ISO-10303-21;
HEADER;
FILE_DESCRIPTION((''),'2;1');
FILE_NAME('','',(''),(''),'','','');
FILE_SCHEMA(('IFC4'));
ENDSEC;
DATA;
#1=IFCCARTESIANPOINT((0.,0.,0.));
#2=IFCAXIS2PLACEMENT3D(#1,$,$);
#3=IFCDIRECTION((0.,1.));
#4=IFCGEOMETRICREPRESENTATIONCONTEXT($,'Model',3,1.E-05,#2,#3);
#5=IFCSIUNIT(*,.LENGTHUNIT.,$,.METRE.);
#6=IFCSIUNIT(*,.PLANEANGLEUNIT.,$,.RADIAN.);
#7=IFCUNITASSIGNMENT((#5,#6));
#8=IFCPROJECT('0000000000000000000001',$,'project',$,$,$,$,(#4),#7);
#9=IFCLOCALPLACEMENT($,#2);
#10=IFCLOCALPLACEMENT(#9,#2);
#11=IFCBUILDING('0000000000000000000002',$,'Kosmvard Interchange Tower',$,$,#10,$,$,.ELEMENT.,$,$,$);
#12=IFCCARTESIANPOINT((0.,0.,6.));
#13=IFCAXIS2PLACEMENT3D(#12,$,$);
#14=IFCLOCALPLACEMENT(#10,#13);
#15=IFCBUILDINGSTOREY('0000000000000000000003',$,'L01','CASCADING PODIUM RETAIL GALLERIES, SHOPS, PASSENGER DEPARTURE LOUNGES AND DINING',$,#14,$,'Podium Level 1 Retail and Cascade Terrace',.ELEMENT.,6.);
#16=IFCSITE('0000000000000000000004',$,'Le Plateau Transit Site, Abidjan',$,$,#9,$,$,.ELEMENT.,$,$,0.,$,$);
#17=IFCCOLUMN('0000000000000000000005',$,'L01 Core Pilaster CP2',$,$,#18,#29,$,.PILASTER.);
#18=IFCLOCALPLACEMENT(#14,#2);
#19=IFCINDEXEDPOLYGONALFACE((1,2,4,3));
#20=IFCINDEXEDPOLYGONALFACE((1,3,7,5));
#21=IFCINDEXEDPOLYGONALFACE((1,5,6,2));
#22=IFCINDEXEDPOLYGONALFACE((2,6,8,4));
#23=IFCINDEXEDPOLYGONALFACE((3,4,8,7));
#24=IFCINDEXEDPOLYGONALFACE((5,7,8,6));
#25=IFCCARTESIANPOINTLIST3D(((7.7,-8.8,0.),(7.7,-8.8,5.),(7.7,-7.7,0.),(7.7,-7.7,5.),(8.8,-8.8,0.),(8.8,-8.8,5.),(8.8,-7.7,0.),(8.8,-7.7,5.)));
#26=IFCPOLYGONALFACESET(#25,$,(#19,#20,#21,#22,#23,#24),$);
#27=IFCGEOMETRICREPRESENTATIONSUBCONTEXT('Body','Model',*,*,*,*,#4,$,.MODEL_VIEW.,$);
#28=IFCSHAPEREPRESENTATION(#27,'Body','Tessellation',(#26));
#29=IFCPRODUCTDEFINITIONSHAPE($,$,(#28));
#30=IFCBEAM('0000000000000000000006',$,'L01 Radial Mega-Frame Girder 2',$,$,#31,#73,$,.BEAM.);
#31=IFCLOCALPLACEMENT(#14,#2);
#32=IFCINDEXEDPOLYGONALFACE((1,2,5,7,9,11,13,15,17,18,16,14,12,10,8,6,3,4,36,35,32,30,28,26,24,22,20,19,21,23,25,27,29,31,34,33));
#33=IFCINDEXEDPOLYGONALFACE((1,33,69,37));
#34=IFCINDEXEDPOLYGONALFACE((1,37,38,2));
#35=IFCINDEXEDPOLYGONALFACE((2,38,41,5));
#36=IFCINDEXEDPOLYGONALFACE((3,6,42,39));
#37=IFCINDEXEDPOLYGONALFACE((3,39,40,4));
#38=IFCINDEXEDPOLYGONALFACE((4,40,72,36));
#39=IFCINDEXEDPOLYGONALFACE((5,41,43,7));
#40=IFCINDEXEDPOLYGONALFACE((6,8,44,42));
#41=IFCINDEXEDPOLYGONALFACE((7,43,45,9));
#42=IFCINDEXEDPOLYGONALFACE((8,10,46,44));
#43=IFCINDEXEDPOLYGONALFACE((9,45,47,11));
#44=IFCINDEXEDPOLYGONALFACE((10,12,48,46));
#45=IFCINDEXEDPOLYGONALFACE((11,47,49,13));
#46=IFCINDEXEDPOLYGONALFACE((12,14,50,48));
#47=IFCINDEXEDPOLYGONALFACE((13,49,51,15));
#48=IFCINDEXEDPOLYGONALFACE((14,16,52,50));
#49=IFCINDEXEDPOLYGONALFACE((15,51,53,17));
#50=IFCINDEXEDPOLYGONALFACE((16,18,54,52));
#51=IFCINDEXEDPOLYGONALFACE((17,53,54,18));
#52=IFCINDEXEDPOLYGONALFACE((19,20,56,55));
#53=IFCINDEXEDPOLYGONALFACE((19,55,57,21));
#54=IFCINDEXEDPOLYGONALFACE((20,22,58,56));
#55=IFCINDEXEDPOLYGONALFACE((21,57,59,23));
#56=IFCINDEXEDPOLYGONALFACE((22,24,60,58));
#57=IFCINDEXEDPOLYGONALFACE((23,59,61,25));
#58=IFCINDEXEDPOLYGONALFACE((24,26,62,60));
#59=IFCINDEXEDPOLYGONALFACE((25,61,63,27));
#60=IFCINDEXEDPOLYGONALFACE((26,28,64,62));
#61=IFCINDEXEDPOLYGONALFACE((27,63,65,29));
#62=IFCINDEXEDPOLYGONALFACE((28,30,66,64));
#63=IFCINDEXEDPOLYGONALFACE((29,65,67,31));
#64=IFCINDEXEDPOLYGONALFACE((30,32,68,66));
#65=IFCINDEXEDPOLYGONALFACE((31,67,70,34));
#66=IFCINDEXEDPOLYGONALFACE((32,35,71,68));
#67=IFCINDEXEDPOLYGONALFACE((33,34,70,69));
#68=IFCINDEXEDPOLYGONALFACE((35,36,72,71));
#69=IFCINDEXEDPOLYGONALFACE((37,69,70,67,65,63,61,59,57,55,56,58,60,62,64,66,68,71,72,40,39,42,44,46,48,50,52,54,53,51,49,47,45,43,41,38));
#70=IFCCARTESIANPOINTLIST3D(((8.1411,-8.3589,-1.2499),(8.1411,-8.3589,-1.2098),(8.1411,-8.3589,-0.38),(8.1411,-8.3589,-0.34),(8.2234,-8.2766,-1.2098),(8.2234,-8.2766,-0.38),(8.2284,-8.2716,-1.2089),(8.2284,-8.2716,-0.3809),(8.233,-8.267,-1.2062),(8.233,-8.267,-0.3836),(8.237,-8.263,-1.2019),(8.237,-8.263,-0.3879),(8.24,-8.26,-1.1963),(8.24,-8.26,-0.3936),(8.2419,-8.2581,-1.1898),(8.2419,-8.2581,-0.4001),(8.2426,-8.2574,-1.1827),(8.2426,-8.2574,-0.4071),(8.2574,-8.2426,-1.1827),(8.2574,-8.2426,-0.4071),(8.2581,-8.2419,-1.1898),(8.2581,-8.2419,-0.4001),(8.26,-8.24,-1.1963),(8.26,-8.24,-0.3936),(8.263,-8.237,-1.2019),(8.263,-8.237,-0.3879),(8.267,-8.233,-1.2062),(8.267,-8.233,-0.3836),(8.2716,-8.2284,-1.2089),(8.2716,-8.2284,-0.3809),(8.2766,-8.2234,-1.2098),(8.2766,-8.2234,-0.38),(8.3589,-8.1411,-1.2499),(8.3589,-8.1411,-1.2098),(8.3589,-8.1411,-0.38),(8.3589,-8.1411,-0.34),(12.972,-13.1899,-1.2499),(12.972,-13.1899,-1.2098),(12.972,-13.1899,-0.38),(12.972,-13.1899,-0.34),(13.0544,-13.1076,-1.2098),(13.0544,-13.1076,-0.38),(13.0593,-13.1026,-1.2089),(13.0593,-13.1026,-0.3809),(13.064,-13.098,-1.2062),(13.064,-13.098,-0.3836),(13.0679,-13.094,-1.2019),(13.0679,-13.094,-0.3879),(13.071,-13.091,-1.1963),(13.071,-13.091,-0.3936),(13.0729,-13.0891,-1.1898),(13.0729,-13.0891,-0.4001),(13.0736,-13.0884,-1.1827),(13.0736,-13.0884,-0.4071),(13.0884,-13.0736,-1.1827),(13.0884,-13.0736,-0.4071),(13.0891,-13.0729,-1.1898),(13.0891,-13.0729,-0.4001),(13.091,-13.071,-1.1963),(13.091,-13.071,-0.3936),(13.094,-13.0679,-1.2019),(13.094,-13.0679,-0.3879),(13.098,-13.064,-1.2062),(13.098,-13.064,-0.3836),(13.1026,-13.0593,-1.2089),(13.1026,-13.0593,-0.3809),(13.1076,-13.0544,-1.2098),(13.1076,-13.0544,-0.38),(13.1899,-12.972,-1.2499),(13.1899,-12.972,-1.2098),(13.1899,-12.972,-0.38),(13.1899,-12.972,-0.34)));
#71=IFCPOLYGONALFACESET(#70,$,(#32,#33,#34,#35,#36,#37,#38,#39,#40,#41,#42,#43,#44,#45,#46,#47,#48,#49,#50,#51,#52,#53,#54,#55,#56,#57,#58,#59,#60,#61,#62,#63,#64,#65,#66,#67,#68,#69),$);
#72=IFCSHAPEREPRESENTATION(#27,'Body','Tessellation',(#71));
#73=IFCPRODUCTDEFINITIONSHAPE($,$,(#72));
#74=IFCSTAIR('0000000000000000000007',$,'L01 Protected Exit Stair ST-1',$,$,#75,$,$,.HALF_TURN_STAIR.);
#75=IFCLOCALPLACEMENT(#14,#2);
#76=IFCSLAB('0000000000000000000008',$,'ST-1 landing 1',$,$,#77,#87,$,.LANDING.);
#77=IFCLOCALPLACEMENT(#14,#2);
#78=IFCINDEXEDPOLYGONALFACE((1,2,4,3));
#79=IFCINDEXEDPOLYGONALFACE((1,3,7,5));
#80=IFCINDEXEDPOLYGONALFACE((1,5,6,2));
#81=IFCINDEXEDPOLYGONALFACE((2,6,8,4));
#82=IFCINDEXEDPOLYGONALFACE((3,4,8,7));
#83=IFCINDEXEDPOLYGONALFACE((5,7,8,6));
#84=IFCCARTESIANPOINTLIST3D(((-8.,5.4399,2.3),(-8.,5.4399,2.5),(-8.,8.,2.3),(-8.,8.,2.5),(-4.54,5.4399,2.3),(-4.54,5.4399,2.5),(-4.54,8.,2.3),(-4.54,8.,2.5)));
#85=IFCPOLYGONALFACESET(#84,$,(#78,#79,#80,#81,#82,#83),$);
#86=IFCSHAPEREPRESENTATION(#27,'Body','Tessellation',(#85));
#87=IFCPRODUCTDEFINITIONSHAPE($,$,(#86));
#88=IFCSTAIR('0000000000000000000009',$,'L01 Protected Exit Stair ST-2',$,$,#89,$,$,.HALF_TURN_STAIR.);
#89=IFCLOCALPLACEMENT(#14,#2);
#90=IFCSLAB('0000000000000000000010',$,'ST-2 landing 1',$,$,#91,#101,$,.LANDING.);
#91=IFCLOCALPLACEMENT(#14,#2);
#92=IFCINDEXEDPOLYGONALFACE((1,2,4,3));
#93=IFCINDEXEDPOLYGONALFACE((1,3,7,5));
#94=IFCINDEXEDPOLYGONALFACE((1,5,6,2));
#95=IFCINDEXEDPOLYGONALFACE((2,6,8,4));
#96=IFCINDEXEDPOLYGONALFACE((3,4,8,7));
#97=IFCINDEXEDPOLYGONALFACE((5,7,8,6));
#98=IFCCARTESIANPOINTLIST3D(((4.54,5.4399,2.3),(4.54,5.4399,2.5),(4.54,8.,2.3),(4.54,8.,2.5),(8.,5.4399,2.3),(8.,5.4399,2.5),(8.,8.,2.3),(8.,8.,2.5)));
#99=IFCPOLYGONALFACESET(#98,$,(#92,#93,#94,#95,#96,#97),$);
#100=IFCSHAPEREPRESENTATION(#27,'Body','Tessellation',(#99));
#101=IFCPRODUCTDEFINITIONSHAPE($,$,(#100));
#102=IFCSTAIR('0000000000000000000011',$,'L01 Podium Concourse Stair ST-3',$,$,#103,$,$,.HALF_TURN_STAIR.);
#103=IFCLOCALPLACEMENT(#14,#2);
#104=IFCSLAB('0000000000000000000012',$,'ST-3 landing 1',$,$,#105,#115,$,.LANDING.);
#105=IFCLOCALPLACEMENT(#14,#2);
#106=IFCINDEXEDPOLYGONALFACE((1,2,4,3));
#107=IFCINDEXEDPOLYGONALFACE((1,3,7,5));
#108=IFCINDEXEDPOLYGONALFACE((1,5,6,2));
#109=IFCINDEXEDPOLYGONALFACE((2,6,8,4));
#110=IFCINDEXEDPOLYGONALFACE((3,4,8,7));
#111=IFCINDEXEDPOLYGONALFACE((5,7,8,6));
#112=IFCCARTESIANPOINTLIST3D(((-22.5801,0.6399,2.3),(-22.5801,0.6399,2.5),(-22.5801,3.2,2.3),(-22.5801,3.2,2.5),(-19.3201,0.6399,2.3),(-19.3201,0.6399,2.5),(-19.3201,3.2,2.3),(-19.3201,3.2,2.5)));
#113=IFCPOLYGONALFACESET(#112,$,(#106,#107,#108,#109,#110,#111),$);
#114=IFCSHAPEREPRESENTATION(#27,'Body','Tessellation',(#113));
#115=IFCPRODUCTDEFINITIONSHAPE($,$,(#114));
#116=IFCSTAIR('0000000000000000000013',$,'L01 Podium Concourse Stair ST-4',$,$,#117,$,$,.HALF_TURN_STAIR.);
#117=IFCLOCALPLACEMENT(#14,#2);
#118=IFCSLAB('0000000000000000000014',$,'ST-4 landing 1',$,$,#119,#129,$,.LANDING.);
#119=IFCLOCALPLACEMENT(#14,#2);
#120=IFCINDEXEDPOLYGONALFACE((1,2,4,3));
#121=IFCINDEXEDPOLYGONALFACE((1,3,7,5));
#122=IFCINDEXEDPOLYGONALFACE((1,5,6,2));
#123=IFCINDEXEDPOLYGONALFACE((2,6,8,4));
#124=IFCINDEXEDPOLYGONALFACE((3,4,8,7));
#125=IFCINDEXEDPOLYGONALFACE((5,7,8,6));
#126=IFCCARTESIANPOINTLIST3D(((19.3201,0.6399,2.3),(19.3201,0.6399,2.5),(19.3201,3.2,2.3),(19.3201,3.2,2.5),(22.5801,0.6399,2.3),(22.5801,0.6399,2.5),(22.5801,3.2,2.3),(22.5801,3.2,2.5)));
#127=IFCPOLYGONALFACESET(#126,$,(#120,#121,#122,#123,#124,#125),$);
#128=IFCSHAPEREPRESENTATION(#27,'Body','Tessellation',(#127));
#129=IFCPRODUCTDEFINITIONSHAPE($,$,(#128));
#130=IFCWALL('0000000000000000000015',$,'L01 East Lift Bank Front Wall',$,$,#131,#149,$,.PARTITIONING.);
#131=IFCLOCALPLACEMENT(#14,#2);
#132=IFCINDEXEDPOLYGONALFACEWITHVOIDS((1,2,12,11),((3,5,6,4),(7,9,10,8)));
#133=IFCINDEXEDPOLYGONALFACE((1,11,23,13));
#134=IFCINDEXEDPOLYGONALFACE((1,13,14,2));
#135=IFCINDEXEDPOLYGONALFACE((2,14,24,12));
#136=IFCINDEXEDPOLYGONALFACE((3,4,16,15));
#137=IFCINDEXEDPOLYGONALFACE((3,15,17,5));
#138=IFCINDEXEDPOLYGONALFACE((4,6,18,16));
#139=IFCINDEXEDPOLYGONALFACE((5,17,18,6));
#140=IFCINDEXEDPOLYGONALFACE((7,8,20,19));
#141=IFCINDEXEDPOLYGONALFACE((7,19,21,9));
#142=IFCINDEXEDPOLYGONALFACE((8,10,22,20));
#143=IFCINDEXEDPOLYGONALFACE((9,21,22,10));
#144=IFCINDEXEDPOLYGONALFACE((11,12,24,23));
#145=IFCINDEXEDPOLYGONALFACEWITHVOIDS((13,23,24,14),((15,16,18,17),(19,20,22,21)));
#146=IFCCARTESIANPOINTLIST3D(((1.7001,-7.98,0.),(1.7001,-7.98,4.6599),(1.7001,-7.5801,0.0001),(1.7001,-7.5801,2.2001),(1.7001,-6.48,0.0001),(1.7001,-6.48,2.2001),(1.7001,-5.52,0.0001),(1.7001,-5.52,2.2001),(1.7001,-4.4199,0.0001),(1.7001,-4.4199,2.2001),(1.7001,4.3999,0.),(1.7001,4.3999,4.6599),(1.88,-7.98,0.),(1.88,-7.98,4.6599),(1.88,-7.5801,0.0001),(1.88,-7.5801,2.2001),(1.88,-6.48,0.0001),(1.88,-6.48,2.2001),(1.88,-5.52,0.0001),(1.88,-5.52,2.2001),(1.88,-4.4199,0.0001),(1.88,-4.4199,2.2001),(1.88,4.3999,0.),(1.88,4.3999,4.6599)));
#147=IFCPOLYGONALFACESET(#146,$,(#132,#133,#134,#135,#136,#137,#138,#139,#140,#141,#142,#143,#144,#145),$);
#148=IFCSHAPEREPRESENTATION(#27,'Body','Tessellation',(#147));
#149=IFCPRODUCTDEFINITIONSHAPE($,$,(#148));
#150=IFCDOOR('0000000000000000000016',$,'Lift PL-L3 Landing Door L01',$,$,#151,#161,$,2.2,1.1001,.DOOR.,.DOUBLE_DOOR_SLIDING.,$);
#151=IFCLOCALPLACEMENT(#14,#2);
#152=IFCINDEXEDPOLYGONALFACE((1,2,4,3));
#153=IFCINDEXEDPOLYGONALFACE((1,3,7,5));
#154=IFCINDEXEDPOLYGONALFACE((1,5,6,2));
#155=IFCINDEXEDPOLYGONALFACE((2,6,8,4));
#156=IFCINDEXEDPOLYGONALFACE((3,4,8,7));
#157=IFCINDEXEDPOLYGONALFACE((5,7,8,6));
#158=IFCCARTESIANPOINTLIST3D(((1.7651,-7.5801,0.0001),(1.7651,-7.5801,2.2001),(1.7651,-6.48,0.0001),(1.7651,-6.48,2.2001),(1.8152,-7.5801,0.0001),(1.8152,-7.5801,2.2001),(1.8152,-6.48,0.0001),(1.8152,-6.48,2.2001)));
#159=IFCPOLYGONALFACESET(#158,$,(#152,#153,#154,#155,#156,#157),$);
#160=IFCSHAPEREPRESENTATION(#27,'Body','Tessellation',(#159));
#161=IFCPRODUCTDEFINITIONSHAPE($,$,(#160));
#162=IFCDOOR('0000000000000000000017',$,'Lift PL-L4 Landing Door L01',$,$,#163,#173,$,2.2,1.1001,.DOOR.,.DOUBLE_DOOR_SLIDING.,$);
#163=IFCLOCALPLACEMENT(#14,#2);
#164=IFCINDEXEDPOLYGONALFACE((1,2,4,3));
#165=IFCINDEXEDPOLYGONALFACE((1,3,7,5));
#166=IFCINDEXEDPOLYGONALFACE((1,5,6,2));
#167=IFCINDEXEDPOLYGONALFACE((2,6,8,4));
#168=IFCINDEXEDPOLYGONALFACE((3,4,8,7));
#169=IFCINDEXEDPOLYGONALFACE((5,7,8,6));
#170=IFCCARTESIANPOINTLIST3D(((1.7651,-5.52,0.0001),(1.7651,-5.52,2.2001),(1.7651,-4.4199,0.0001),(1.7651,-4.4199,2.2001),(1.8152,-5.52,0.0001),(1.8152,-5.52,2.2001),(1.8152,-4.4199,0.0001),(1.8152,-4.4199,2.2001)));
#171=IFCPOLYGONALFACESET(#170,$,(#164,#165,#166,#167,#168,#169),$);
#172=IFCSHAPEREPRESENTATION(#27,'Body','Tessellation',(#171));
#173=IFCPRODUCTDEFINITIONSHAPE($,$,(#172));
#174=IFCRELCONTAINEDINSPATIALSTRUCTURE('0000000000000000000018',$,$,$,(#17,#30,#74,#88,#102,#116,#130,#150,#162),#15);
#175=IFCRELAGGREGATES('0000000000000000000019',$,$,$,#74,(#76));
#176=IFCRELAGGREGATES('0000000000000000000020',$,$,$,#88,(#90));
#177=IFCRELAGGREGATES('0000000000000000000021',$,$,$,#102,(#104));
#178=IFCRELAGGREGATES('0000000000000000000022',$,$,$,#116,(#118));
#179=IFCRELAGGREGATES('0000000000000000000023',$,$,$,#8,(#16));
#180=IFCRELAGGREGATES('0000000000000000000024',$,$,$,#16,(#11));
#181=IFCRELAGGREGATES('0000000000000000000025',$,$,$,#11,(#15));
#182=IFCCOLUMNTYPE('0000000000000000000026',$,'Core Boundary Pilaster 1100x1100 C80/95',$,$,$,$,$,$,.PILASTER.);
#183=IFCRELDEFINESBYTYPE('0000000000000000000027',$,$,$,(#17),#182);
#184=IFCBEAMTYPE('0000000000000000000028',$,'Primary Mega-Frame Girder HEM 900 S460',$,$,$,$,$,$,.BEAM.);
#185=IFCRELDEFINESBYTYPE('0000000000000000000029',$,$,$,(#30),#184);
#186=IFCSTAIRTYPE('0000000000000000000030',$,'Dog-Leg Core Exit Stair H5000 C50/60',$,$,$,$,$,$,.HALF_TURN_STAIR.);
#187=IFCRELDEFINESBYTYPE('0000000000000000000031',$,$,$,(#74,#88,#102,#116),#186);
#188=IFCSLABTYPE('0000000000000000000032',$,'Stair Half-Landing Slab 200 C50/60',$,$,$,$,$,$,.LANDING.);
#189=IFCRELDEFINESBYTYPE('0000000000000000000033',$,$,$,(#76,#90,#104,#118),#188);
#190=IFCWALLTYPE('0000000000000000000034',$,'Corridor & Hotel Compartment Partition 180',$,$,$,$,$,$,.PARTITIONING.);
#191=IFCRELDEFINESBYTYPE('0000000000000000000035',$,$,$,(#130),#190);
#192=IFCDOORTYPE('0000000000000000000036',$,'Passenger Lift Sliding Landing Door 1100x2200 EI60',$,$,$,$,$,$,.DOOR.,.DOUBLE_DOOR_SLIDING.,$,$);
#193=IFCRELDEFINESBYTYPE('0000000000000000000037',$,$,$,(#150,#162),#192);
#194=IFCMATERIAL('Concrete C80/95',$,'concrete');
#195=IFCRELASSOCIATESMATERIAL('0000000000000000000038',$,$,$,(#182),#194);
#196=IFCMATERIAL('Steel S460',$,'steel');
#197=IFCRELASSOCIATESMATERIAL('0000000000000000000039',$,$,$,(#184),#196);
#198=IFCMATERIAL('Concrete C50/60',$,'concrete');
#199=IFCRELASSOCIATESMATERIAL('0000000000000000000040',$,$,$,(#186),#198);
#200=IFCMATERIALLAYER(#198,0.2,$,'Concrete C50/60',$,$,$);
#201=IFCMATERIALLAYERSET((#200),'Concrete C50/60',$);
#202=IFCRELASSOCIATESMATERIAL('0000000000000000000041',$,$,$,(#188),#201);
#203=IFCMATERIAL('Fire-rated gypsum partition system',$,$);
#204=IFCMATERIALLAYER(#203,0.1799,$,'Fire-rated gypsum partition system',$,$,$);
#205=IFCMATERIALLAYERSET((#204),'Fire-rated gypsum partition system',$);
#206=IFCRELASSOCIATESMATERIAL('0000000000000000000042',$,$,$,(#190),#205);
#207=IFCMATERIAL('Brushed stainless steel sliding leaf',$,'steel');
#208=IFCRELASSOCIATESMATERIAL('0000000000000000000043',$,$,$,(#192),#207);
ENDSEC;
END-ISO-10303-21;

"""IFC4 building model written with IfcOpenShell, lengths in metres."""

from ifc_helpers import new_model, si_unit, direction, frame, frame_2d, origin, origin_2d, place, context, subcontext, project, spatial, polyline, rectangle, i_section, outline, extrude, source, transform, mapped, material, layer, layer_set, material_profile, profile_set, type_object, element, fill, aggregate, save


model = new_model("IFC4")

# Units and contexts
model_context = context("Model", 3, precision=1e-05, world=origin(), true_north=direction((0.0, 1.0)))
body_context = subcontext(model_context, "Body", "Model", "MODEL_VIEW")
ifc_project = project(units=[si_unit("LENGTHUNIT", "METRE"), si_unit("PLANEANGLEUNIT", "RADIAN")], contexts=[model_context])

# Site, building, storey
site_placement = place(None, origin())
site = spatial("IfcSite", under=ifc_project, at=site_placement, Name="Le Plateau Transit Site, Abidjan", CompositionType="ELEMENT", RefElevation=0.0)
building_placement = place(site_placement, origin())
building = spatial("IfcBuilding", under=site, at=building_placement, Name="Kosmvard Interchange Tower", CompositionType="ELEMENT")
storey_placement = place(building_placement, frame((0.0, 0.0, 6.0)))
storey = spatial("IfcBuildingStorey", under=building, at=storey_placement, Name="L01", Description="CASCADING PODIUM RETAIL GALLERIES, SHOPS, PASSENGER DEPARTURE LOUNGES AND DINING", LongName="Podium Level 1 Retail and Cascade Terrace", CompositionType="ELEMENT", Elevation=6.0)

# Column
ifc_material_1 = material(Name="Concrete C80/95", Category="concrete")
ifc_material_profile_1 = material_profile(ifc_material_1, rectangle(XDim=1.1001, YDim=1.1001, at=origin_2d()), Name="CP 1100x1100")
ifc_profile_set_1 = profile_set([ifc_material_profile_1], Name="Concrete C80/95")
column_type = type_object("IfcColumnType", Name="Core Boundary Pilaster 1100x1100 C80/95", PredefinedType="PILASTER", material=ifc_profile_set_1)
shared_shape_1 = source(origin(), body_context, "Body", "SweptSolid", [
    extrude(rectangle(XDim=1.1001, YDim=1.1001, at=origin_2d()), origin(), (0.0, 0.0, 1.0), 5.0),
])
column_placement = place(storey_placement, frame((8.25, -8.25, 0.0), z_axis=(0.0, 0.0, 1.0), x_axis=(1.0, 0.0, 0.0)))
element("IfcColumn", 1, at=column_placement, inside=storey, type_object=column_type, Name="L01 Core Pilaster CP2", PredefinedType="PILASTER", context=body_context, shape_type="MappedRepresentation", body=[
    mapped(shared_shape_1, transform((0.0, 0.0, 0.0), scale=1.0)),
])

# Beam
ifc_material_2 = material(Name="Steel S460", Category="steel")
ifc_material_profile_2 = material_profile(ifc_material_2, i_section(OverallWidth=0.3081, OverallDepth=0.9099, WebThickness=0.021, FlangeThickness=0.04, FilletRadius=0.0271, at=origin_2d()), Name="HEM 900")
ifc_profile_set_2 = profile_set([ifc_material_profile_2], Name="Steel S460")
beam_type = type_object("IfcBeamType", Name="Primary Mega-Frame Girder HEM 900 S460", PredefinedType="BEAM", material=ifc_profile_set_2)
shared_shape_2 = source(origin(), body_context, "Body", "SweptSolid", [
    extrude(i_section(OverallWidth=0.3081, OverallDepth=0.9099, WebThickness=0.021, FlangeThickness=0.04, FilletRadius=0.0271, at=origin_2d()), origin(), (0.0, 0.0, 1.0), 6.832),
])
beam_placement = place(storey_placement, frame((8.25, -8.25, -0.7949), z_axis=(0.707107, -0.707107, 0.0), x_axis=(0.707107, 0.707107, 0.0)))
element("IfcBeam", 2, at=beam_placement, inside=storey, type_object=beam_type, Name="L01 Radial Mega-Frame Girder 2", PredefinedType="BEAM", context=body_context, shape_type="MappedRepresentation", body=[
    mapped(shared_shape_2, transform((0.0, 0.0, 0.0), scale=1.0)),
])

# Stairs, slabs
ifc_material_3 = material(Name="Concrete C50/60", Category="concrete")
stair_type = type_object("IfcStairType", Name="Dog-Leg Core Exit Stair H5000 C50/60", PredefinedType="HALF_TURN_STAIR", material=ifc_material_3)
stair_1_placement = place(storey_placement, origin())
stair_1 = element("IfcStair", 3, at=stair_1_placement, inside=storey, type_object=stair_type, Name="L01 Protected Exit Stair ST-1", PredefinedType="HALF_TURN_STAIR")
ifc_layer_1 = layer(ifc_material_3, 0.2, Name="Concrete C50/60")
ifc_layer_set_1 = layer_set([ifc_layer_1], Name="Concrete C50/60")
slab_type = type_object("IfcSlabType", Name="Stair Half-Landing Slab 200 C50/60", PredefinedType="LANDING", material=ifc_layer_set_1)
slab_1_placement = place(storey_placement, frame((0.0, 0.0, 2.3)))
slab_1 = element("IfcSlab", 4, at=slab_1_placement, type_object=slab_type, Name="ST-1 landing 1", PredefinedType="LANDING", context=body_context, shape_type="SweptSolid", body=[
    extrude(outline(polyline([(-4.54, 5.4399), (-4.54, 8.0), (-8.0, 8.0), (-8.0, 5.4399), (-4.54, 5.4399)])), origin(), (0.0, 0.0, 1.0), 0.2),
])
aggregate(stair_1, [slab_1])
stair_2_placement = place(storey_placement, origin())
stair_2 = element("IfcStair", 5, at=stair_2_placement, inside=storey, type_object=stair_type, Name="L01 Protected Exit Stair ST-2", PredefinedType="HALF_TURN_STAIR")
slab_2_placement = place(storey_placement, frame((0.0, 0.0, 2.3)))
slab_2 = element("IfcSlab", 6, at=slab_2_placement, type_object=slab_type, Name="ST-2 landing 1", PredefinedType="LANDING", context=body_context, shape_type="SweptSolid", body=[
    extrude(outline(polyline([(8.0, 5.4399), (8.0, 8.0), (4.54, 8.0), (4.54, 5.4399), (8.0, 5.4399)])), origin(), (0.0, 0.0, 1.0), 0.2),
])
aggregate(stair_2, [slab_2])
stair_3_placement = place(storey_placement, origin())
stair_3 = element("IfcStair", 7, at=stair_3_placement, inside=storey, type_object=stair_type, Name="L01 Podium Concourse Stair ST-3", PredefinedType="HALF_TURN_STAIR")
slab_3_placement = place(storey_placement, frame((0.0, 0.0, 2.3)))
slab_3 = element("IfcSlab", 8, at=slab_3_placement, type_object=slab_type, Name="ST-3 landing 1", PredefinedType="LANDING", context=body_context, shape_type="SweptSolid", body=[
    extrude(outline(polyline([(-19.3201, 0.6399), (-19.3201, 3.2), (-22.5801, 3.2), (-22.5801, 0.6399), (-19.3201, 0.6399)])), origin(), (0.0, 0.0, 1.0), 0.2),
])
aggregate(stair_3, [slab_3])
stair_4_placement = place(storey_placement, origin())
stair_4 = element("IfcStair", 9, at=stair_4_placement, inside=storey, type_object=stair_type, Name="L01 Podium Concourse Stair ST-4", PredefinedType="HALF_TURN_STAIR")
slab_4_placement = place(storey_placement, frame((0.0, 0.0, 2.3)))
slab_4 = element("IfcSlab", 10, at=slab_4_placement, type_object=slab_type, Name="ST-4 landing 1", PredefinedType="LANDING", context=body_context, shape_type="SweptSolid", body=[
    extrude(outline(polyline([(22.5801, 0.6399), (22.5801, 3.2), (19.3201, 3.2), (19.3201, 0.6399), (22.5801, 0.6399)])), origin(), (0.0, 0.0, 1.0), 0.2),
])
aggregate(stair_4, [slab_4])

# Wall, openings, doors
ifc_material_4 = material(Name="Fire-rated gypsum partition system")
ifc_layer_2 = layer(ifc_material_4, 0.1799, Name="Fire-rated gypsum partition system")
ifc_layer_set_2 = layer_set([ifc_layer_2], Name="Fire-rated gypsum partition system")
wall_type_1 = type_object("IfcWallType", Name="Corridor & Hotel Compartment Partition 180", PredefinedType="PARTITIONING", material=ifc_layer_set_2)
wall_1_placement = place(storey_placement, frame((1.79, -7.98, 0.0), z_axis=(0.0, 0.0, 1.0), x_axis=(0.0, 1.0, 0.0)))
wall_1 = element("IfcWall", 11, at=wall_1_placement, inside=storey, type_object=wall_type_1, Name="L01 East Lift Bank Front Wall", PredefinedType="PARTITIONING", context=body_context, shape_type="SweptSolid", body=[
    extrude(rectangle(XDim=12.3799, YDim=0.1799, at=frame_2d((6.1899, 0.0))), origin(), (0.0, 0.0, 1.0), 4.6599),
])
opening_1_placement = place(wall_1_placement, frame((0.3999, 0.0, 0.0)))
opening_1 = element("IfcOpeningElement", 12, at=opening_1_placement, cuts=wall_1, PredefinedType="OPENING", context=body_context, shape_type="SweptSolid", body=[
    extrude(rectangle(XDim=1.1001, YDim=2.2, at=frame_2d((0.55, 1.1001))), frame((0.0, 0.1001, 0.0), z_axis=(0.0, -1.0, 0.0), x_axis=(1.0, 0.0, 0.0)), (0.0, 0.0, 1.0), 0.2),
])
opening_2_placement = place(wall_1_placement, frame((2.46, 0.0, 0.0)))
opening_2 = element("IfcOpeningElement", 13, at=opening_2_placement, cuts=wall_1, PredefinedType="OPENING", context=body_context, shape_type="SweptSolid", body=[
    extrude(rectangle(XDim=1.1001, YDim=2.2, at=frame_2d((0.55, 1.1001))), frame((0.0, 0.1001, 0.0), z_axis=(0.0, -1.0, 0.0), x_axis=(1.0, 0.0, 0.0)), (0.0, 0.0, 1.0), 0.2),
])
ifc_material_5 = material(Name="Brushed stainless steel sliding leaf", Category="steel")
door_type_1 = type_object("IfcDoorType", Name="Passenger Lift Sliding Landing Door 1100x2200 EI60", OperationType="DOUBLE_DOOR_SLIDING", PredefinedType="DOOR", material=ifc_material_5)
shared_shape_3 = source(origin(), body_context, "Body", "SweptSolid", [
    extrude(rectangle(XDim=1.1001, YDim=2.2, at=frame_2d((0.55, 1.1001))), frame((0.0, 0.0249, 0.0), z_axis=(0.0, -1.0, 0.0), x_axis=(1.0, 0.0, 0.0)), (0.0, 0.0, 1.0), 0.05),
])
door_1_placement = place(opening_1_placement, origin())
door_1 = element("IfcDoor", 14, at=door_1_placement, inside=storey, type_object=door_type_1, Name="Lift PL-L3 Landing Door L01", OperationType="DOUBLE_DOOR_SLIDING", OverallHeight=2.2, OverallWidth=1.1001, PredefinedType="DOOR", context=body_context, shape_type="MappedRepresentation", body=[
    mapped(shared_shape_3, transform((0.0, 0.0, 0.0), scale=1.0)),
])
fill(opening_1, door_1)
door_2_placement = place(opening_2_placement, origin())
door_2 = element("IfcDoor", 15, at=door_2_placement, inside=storey, type_object=door_type_1, Name="Lift PL-L4 Landing Door L01", OperationType="DOUBLE_DOOR_SLIDING", OverallHeight=2.2, OverallWidth=1.1001, PredefinedType="DOOR", context=body_context, shape_type="MappedRepresentation", body=[
    mapped(shared_shape_3, transform((0.0, 0.0, 0.0), scale=1.0)),
])
fill(opening_2, door_2)

save(model, "model.ifc")
